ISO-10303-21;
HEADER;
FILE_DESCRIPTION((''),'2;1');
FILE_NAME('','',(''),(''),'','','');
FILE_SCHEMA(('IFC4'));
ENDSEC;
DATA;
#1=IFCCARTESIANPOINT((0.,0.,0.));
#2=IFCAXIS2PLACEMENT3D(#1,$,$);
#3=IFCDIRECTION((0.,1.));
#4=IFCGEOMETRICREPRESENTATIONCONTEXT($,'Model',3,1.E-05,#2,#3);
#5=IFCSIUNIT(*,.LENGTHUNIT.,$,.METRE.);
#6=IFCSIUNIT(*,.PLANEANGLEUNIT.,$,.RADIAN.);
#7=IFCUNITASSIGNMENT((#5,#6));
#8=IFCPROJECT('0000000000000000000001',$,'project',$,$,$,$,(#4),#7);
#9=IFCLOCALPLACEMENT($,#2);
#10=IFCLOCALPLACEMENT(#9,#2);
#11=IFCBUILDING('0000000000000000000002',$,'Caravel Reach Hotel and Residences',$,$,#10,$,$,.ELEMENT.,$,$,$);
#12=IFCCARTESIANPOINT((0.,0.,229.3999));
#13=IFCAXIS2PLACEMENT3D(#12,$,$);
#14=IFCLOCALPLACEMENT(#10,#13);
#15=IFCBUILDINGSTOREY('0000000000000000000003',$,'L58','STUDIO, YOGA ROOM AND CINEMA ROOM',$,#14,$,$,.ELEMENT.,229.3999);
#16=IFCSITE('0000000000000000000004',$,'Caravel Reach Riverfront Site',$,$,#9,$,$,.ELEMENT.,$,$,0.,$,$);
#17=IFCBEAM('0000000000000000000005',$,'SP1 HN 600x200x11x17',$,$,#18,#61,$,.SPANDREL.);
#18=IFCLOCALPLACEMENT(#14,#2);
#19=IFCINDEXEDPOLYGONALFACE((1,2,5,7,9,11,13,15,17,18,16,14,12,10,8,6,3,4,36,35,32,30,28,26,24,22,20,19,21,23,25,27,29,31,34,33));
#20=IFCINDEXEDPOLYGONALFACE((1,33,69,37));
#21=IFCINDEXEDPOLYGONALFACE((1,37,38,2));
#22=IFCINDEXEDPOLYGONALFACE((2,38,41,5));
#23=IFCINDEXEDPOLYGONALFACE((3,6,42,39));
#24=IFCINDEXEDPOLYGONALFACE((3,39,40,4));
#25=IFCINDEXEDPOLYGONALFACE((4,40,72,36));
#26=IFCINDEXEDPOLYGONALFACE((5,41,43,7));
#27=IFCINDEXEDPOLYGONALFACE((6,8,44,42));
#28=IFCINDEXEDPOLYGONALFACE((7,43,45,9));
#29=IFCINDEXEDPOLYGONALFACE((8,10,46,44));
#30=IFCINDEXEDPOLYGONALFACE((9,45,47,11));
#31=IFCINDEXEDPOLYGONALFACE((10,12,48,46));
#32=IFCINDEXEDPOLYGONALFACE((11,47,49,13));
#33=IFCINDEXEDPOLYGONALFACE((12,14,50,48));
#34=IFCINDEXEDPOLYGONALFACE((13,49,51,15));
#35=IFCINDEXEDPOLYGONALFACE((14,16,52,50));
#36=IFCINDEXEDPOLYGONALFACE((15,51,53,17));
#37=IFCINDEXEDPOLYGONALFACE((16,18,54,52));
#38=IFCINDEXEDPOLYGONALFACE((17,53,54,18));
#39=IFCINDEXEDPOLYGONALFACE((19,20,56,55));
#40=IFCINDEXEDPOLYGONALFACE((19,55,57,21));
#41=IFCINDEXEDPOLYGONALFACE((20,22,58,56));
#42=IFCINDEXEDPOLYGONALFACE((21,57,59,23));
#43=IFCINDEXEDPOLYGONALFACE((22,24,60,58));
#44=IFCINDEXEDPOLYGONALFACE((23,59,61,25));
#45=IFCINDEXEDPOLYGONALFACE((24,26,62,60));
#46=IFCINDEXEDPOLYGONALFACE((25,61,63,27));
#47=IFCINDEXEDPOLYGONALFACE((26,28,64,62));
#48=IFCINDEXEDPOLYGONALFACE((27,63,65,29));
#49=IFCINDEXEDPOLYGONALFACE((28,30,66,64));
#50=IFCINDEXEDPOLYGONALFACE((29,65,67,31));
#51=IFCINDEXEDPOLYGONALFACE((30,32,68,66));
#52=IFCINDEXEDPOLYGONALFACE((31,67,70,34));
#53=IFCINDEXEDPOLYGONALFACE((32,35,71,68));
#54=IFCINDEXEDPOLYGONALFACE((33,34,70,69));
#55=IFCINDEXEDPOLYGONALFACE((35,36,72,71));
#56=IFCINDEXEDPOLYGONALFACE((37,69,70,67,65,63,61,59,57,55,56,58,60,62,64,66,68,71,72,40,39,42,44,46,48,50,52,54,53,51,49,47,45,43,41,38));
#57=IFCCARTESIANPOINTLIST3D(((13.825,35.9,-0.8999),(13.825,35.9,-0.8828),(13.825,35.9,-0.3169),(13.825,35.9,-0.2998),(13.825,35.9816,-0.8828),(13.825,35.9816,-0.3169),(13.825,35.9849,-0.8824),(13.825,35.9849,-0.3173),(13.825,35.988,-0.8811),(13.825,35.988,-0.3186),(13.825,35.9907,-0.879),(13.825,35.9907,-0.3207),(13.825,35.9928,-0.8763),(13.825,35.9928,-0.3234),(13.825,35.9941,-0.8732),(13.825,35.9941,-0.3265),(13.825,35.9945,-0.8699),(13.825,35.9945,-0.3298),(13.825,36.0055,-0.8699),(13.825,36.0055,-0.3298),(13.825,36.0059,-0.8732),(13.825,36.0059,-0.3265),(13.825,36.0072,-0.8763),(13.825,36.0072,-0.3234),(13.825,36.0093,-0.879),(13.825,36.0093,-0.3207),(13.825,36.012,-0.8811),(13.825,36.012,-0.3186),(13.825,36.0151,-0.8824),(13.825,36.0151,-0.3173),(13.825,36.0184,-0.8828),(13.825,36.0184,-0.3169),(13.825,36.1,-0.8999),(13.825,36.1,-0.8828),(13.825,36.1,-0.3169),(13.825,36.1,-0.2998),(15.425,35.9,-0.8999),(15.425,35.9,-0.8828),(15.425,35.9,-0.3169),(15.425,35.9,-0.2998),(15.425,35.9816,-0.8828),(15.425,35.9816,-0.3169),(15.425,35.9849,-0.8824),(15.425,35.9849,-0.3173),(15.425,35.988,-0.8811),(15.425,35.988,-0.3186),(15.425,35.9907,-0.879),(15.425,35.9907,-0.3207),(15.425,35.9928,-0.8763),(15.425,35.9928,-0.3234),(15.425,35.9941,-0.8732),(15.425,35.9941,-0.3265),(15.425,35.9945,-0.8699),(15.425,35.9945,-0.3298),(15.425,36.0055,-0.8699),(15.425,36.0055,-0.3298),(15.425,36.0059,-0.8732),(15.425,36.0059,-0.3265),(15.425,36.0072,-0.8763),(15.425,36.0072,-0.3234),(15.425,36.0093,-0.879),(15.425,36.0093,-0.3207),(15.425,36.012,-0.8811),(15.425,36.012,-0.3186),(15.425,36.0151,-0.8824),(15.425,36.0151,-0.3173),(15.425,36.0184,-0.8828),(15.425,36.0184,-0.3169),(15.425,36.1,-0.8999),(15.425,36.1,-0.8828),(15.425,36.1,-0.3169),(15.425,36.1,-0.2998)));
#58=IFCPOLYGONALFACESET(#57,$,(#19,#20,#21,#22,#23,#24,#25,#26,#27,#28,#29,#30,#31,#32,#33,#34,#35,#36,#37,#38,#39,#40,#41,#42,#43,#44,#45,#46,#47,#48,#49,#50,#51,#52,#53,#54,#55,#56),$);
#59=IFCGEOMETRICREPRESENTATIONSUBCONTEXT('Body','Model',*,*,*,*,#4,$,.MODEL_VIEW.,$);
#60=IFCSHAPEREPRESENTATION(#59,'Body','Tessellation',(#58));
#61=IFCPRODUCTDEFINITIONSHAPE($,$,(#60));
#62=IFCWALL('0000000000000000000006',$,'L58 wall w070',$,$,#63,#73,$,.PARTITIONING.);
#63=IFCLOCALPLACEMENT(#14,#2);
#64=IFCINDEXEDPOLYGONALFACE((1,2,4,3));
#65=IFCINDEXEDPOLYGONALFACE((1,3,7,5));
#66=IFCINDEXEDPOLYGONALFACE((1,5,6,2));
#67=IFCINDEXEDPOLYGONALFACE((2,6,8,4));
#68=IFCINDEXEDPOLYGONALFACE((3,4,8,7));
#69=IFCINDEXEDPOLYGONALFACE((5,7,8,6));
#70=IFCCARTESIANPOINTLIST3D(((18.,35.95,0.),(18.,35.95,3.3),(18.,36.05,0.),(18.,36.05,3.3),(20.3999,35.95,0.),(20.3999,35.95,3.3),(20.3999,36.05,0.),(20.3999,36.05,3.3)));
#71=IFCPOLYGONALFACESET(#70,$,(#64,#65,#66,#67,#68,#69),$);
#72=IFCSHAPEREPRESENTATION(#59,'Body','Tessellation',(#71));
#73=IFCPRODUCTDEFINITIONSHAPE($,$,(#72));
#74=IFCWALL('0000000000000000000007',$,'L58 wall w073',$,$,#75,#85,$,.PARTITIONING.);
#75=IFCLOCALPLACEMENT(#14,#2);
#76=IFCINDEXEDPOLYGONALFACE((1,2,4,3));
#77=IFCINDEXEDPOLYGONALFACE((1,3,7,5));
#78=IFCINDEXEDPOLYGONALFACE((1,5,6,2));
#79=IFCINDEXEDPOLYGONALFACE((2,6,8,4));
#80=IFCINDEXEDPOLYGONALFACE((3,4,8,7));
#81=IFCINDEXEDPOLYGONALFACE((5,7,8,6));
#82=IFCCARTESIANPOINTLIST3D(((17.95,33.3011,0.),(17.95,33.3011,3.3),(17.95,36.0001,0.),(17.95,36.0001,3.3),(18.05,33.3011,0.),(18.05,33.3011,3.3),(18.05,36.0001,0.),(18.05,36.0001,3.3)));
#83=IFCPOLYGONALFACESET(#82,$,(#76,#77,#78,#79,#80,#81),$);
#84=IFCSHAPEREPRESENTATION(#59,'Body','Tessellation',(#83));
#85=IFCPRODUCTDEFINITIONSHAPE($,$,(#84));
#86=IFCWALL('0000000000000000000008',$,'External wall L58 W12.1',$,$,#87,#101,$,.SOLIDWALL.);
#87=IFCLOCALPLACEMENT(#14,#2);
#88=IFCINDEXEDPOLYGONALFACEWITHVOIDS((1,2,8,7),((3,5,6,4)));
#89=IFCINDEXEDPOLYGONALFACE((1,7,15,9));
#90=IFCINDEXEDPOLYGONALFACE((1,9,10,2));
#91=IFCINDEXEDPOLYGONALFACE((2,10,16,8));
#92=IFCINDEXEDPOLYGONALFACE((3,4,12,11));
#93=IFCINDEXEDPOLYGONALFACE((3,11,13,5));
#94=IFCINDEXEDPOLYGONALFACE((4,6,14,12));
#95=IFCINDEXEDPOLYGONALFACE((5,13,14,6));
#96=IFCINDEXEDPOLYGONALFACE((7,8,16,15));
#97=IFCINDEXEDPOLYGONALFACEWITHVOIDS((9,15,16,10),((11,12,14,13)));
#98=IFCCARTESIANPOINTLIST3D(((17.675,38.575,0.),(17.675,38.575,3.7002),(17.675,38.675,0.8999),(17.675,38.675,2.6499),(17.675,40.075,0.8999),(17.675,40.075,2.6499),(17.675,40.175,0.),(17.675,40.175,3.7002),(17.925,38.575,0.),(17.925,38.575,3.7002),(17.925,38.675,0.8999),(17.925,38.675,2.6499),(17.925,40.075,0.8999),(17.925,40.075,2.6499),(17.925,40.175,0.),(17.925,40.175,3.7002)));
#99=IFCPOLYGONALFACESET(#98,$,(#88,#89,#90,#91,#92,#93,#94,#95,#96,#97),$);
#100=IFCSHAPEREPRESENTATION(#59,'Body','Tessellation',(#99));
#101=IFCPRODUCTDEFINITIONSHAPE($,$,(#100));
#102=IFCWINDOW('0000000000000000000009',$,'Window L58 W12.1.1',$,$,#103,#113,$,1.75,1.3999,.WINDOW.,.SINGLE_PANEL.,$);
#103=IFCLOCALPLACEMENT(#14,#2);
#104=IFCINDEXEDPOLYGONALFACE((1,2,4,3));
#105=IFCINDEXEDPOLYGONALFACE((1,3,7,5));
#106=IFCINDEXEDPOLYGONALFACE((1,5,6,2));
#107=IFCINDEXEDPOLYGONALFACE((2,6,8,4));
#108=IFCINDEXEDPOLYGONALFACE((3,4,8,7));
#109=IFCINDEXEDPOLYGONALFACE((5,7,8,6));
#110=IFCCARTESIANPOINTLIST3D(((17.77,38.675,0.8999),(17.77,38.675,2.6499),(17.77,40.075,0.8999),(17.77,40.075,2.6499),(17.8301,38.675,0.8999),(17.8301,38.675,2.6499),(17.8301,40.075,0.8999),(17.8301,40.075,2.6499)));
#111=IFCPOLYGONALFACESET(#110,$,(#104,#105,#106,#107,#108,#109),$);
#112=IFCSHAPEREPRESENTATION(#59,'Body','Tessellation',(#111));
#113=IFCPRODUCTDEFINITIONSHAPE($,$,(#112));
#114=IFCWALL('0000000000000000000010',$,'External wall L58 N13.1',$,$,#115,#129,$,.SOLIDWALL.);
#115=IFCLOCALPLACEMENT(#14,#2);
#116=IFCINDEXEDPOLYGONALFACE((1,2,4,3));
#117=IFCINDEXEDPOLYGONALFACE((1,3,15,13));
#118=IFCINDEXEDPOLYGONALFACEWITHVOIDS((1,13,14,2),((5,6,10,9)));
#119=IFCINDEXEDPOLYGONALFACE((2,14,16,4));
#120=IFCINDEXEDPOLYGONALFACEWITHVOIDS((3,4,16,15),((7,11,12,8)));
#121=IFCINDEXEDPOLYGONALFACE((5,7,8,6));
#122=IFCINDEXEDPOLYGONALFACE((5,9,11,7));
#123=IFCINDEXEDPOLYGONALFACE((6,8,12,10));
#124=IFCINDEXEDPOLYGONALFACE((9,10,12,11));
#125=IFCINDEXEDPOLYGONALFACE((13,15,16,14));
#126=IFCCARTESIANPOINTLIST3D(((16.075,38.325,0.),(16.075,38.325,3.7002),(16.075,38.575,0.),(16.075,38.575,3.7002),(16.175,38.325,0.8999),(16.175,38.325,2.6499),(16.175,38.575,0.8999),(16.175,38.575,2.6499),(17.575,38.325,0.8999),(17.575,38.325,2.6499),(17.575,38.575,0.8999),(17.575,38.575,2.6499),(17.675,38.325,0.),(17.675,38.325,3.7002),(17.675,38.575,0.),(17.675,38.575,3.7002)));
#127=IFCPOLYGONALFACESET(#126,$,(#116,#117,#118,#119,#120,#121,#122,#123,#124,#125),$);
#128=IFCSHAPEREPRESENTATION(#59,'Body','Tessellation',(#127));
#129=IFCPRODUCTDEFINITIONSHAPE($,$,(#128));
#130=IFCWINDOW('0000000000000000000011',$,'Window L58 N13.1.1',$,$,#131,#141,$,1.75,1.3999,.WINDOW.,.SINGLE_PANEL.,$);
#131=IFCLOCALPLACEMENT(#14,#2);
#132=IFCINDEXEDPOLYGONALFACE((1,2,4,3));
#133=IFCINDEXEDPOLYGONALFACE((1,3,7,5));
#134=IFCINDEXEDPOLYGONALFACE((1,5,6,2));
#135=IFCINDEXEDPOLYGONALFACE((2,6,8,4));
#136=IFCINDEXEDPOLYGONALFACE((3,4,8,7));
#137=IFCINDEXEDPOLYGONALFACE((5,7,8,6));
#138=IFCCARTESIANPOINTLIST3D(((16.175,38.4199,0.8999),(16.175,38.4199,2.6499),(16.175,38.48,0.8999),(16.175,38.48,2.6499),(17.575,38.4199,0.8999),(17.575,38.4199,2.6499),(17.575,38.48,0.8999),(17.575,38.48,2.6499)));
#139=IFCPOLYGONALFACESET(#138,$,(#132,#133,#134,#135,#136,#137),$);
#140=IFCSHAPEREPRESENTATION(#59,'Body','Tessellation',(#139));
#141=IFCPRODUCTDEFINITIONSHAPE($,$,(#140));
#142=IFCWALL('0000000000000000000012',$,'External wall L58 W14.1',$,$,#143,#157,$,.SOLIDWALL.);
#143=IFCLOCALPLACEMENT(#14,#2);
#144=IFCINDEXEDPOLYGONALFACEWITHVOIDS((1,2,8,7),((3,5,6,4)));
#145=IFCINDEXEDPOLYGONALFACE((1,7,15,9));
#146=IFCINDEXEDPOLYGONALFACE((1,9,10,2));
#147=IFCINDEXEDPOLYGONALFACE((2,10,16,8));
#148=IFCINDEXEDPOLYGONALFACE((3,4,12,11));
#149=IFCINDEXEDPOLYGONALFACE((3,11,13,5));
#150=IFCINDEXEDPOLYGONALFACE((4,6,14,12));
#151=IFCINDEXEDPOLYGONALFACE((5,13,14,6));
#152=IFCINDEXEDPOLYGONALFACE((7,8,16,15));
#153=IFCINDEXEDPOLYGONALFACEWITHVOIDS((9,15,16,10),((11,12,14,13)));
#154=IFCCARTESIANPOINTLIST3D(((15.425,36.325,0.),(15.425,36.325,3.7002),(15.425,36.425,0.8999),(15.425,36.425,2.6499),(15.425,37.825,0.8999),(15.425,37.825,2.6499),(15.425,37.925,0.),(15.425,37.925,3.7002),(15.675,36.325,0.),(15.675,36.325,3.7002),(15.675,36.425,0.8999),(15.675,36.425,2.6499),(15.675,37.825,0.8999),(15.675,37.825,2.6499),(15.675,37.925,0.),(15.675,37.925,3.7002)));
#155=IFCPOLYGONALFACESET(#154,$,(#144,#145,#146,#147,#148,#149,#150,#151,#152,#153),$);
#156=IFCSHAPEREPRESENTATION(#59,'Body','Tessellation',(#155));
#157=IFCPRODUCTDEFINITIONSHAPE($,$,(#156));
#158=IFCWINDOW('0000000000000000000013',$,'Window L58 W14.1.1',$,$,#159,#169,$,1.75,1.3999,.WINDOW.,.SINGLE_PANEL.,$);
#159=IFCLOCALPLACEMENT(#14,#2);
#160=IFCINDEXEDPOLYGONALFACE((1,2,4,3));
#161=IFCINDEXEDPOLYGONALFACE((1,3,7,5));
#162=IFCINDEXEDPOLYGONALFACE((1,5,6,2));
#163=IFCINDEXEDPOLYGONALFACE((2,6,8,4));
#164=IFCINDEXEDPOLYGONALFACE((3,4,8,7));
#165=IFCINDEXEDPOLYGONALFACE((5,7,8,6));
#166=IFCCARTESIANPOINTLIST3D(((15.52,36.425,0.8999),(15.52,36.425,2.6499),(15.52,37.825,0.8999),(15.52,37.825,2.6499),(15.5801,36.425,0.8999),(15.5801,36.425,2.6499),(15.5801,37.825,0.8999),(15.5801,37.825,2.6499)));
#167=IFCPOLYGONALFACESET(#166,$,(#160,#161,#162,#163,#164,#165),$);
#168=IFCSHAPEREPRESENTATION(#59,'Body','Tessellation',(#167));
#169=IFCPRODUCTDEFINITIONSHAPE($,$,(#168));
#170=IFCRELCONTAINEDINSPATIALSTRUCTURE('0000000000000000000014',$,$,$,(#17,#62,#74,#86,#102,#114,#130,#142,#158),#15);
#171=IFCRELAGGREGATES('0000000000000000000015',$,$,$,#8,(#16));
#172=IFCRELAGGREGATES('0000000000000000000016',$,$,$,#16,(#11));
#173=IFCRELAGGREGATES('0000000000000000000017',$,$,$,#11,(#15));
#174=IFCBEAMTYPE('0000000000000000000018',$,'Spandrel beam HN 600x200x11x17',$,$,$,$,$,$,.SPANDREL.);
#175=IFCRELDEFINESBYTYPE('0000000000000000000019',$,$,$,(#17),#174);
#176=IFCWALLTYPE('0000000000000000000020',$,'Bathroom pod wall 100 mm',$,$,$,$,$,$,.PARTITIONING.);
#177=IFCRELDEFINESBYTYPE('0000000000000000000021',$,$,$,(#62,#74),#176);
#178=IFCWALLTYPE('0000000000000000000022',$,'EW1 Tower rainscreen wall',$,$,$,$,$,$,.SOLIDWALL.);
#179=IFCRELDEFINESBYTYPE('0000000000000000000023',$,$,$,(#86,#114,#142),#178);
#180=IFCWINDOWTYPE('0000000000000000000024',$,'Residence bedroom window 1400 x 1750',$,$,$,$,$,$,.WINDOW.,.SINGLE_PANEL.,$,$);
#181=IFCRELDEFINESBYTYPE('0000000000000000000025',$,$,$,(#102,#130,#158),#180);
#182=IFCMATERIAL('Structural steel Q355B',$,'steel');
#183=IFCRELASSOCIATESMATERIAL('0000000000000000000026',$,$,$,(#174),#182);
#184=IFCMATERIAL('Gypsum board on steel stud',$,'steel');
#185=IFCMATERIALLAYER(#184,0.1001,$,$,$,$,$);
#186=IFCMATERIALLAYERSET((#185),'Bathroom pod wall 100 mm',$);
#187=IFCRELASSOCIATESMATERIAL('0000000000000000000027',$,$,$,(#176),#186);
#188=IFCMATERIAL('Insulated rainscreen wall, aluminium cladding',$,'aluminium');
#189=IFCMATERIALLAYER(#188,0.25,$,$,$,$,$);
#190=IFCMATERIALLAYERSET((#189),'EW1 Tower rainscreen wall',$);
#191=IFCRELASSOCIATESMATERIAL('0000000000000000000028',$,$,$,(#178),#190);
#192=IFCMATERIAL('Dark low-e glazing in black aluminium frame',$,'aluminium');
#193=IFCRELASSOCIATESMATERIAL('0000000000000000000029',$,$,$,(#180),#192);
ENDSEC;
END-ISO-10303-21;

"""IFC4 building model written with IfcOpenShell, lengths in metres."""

from ifc_helpers import new_model, si_unit, direction, frame, frame_2d, origin, origin_2d, place, context, subcontext, project, spatial, rectangle, i_section, extrude, material, layer, layer_set, material_profile, profile_set, type_object, element, fill, save


model = new_model("IFC4")

# Units and contexts
model_context = context("Model", 3, precision=1e-05, world=origin(), true_north=direction((0.0, 1.0)))
body_context = subcontext(model_context, "Body", "Model", "MODEL_VIEW")
ifc_project = project(units=[si_unit("LENGTHUNIT", "METRE"), si_unit("PLANEANGLEUNIT", "RADIAN")], contexts=[model_context])

# Site, building, storey
site_placement = place(None, origin())
site = spatial("IfcSite", under=ifc_project, at=site_placement, Name="Caravel Reach Riverfront Site", CompositionType="ELEMENT", RefElevation=0.0)
building_placement = place(site_placement, origin())
building = spatial("IfcBuilding", under=site, at=building_placement, Name="Caravel Reach Hotel and Residences", CompositionType="ELEMENT")
storey_placement = place(building_placement, frame((0.0, 0.0, 229.3999)))
storey = spatial("IfcBuildingStorey", under=building, at=storey_placement, Name="L58", Description="STUDIO, YOGA ROOM AND CINEMA ROOM", CompositionType="ELEMENT", Elevation=229.3999)

# Beam
ifc_material_1 = material(Name="Structural steel Q355B", Category="steel")
ifc_material_profile_1 = material_profile(ifc_material_1, i_section(OverallWidth=0.2, OverallDepth=0.6001, WebThickness=0.011, FlangeThickness=0.0171, FilletRadius=0.0129, at=origin_2d()), Name="HN 600x200x11x17")
ifc_profile_set_1 = profile_set([ifc_material_profile_1], Name="Structural steel Q355B")
beam_type = type_object("IfcBeamType", Name="Spandrel beam HN 600x200x11x17", PredefinedType="SPANDREL", material=ifc_profile_set_1)
for number, where, z_axis, x_axis, name in (
    (1, (15.425, 36.0, -0.5999), (-1.0, 0.0, 0.0), (0.0, -1.0, 0.0), "SP1 HN 600x200x11x17"),
):
    element("IfcBeam", number, at=place(storey_placement, frame(where, z_axis=z_axis, x_axis=x_axis)), inside=storey, type_object=beam_type, Name=name, PredefinedType="SPANDREL", context=body_context, shape_type="SweptSolid", body=[
        extrude(i_section(OverallWidth=0.2, OverallDepth=0.6001, WebThickness=0.011, FlangeThickness=0.0171, FilletRadius=0.0129, at=origin_2d()), origin(), (0.0, 0.0, 1.0), 1.6001),
    ])

# Walls
ifc_material_2 = material(Name="Gypsum board on steel stud", Category="steel")
ifc_layer_1 = layer(ifc_material_2, 0.1001)
ifc_layer_set_1 = layer_set([ifc_layer_1], Name="Bathroom pod wall 100 mm")
wall_type_1 = type_object("IfcWallType", Name="Bathroom pod wall 100 mm", PredefinedType="PARTITIONING", material=ifc_layer_set_1)
wall_1_placement = place(storey_placement, frame((18.0, 36.0, 0.0), z_axis=(0.0, 0.0, 1.0), x_axis=(1.0, 0.0, 0.0)))
element("IfcWall", 2, at=wall_1_placement, inside=storey, type_object=wall_type_1, Name="L58 wall w070", PredefinedType="PARTITIONING", context=body_context, shape_type="SweptSolid", body=[
    extrude(rectangle(XDim=2.3999, YDim=0.1001, at=frame_2d((1.2, 0.0))), origin(), (0.0, 0.0, 1.0), 3.3),
])
wall_2_placement = place(storey_placement, frame((18.0, 33.301, 0.0), z_axis=(0.0, 0.0, 1.0), x_axis=(0.0, 1.0, 0.0)))
element("IfcWall", 3, at=wall_2_placement, inside=storey, type_object=wall_type_1, Name="L58 wall w073", PredefinedType="PARTITIONING", context=body_context, shape_type="SweptSolid", body=[
    extrude(rectangle(XDim=2.699, YDim=0.1001, at=frame_2d((1.3496, 0.0))), origin(), (0.0, 0.0, 1.0), 3.3),
])

# Walls, openings, windows
ifc_material_3 = material(Name="Insulated rainscreen wall, aluminium cladding", Category="aluminium")
ifc_layer_2 = layer(ifc_material_3, 0.25)
ifc_layer_set_2 = layer_set([ifc_layer_2], Name="EW1 Tower rainscreen wall")
wall_type_2 = type_object("IfcWallType", Name="EW1 Tower rainscreen wall", PredefinedType="SOLIDWALL", material=ifc_layer_set_2)
wall_3_placement = place(storey_placement, frame((17.8, 40.175, 0.0), z_axis=(0.0, 0.0, 1.0), x_axis=(0.0, -1.0, 0.0)))
wall_3 = element("IfcWall", 4, at=wall_3_placement, inside=storey, type_object=wall_type_2, Name="External wall L58 W12.1", PredefinedType="SOLIDWALL", context=body_context, shape_type="SweptSolid", body=[
    extrude(rectangle(XDim=1.6001, YDim=0.25, at=frame_2d((0.8, 0.0))), origin(), (0.0, 0.0, 1.0), 3.7002),
])
opening_1_placement = place(wall_3_placement, frame((0.1001, 0.0, 0.8999)))
opening_1 = element("IfcOpeningElement", 5, at=opening_1_placement, cuts=wall_3, PredefinedType="OPENING", context=body_context, shape_type="SweptSolid", body=[
    extrude(rectangle(XDim=1.3999, YDim=1.75, at=frame_2d((0.7, 0.875))), frame((0.0, 0.135, 0.0), z_axis=(0.0, -1.0, 0.0), x_axis=(1.0, 0.0, 0.0)), (0.0, 0.0, 1.0), 0.27),
])
ifc_material_4 = material(Name="Dark low-e glazing in black aluminium frame", Category="aluminium")
window_type = type_object("IfcWindowType", Name="Residence bedroom window 1400 x 1750", PartitioningType="SINGLE_PANEL", PredefinedType="WINDOW", material=ifc_material_4)
window_1_placement = place(opening_1_placement, origin())
window_1 = element("IfcWindow", 6, at=window_1_placement, inside=storey, type_object=window_type, Name="Window L58 W12.1.1", OverallHeight=1.75, OverallWidth=1.3999, PartitioningType="SINGLE_PANEL", PredefinedType="WINDOW", context=body_context, shape_type="SweptSolid", body=[
    extrude(rectangle(XDim=1.3999, YDim=1.75, at=frame_2d((0.7, 0.875))), frame((0.0, 0.03, 0.0), z_axis=(0.0, -1.0, 0.0), x_axis=(1.0, 0.0, 0.0)), (0.0, 0.0, 1.0), 0.0601),
])
fill(opening_1, window_1)
wall_4_placement = place(storey_placement, frame((17.675, 38.45, 0.0), z_axis=(0.0, 0.0, 1.0), x_axis=(-1.0, 0.0, 0.0)))
wall_4 = element("IfcWall", 7, at=wall_4_placement, inside=storey, type_object=wall_type_2, Name="External wall L58 N13.1", PredefinedType="SOLIDWALL", context=body_context, shape_type="SweptSolid", body=[
    extrude(rectangle(XDim=1.6001, YDim=0.25, at=frame_2d((0.8, 0.0))), origin(), (0.0, 0.0, 1.0), 3.7002),
])
opening_2_placement = place(wall_4_placement, frame((0.1001, 0.0, 0.8999)))
opening_2 = element("IfcOpeningElement", 8, at=opening_2_placement, cuts=wall_4, PredefinedType="OPENING", context=body_context, shape_type="SweptSolid", body=[
    extrude(rectangle(XDim=1.3999, YDim=1.75, at=frame_2d((0.7, 0.875))), frame((0.0, 0.135, 0.0), z_axis=(0.0, -1.0, 0.0), x_axis=(1.0, 0.0, 0.0)), (0.0, 0.0, 1.0), 0.27),
])
window_2_placement = place(opening_2_placement, origin())
window_2 = element("IfcWindow", 9, at=window_2_placement, inside=storey, type_object=window_type, Name="Window L58 N13.1.1", OverallHeight=1.75, OverallWidth=1.3999, PartitioningType="SINGLE_PANEL", PredefinedType="WINDOW", context=body_context, shape_type="SweptSolid", body=[
    extrude(rectangle(XDim=1.3999, YDim=1.75, at=frame_2d((0.7, 0.875))), frame((0.0, 0.03, 0.0), z_axis=(0.0, -1.0, 0.0), x_axis=(1.0, 0.0, 0.0)), (0.0, 0.0, 1.0), 0.0601),
])
fill(opening_2, window_2)
wall_5_placement = place(storey_placement, frame((15.55, 37.925, 0.0), z_axis=(0.0, 0.0, 1.0), x_axis=(0.0, -1.0, 0.0)))
wall_5 = element("IfcWall", 10, at=wall_5_placement, inside=storey, type_object=wall_type_2, Name="External wall L58 W14.1", PredefinedType="SOLIDWALL", context=body_context, shape_type="SweptSolid", body=[
    extrude(rectangle(XDim=1.6001, YDim=0.25, at=frame_2d((0.8, 0.0))), origin(), (0.0, 0.0, 1.0), 3.7002),
])
opening_3_placement = place(wall_5_placement, frame((0.1001, 0.0, 0.8999)))
opening_3 = element("IfcOpeningElement", 11, at=opening_3_placement, cuts=wall_5, PredefinedType="OPENING", context=body_context, shape_type="SweptSolid", body=[
    extrude(rectangle(XDim=1.3999, YDim=1.75, at=frame_2d((0.7, 0.875))), frame((0.0, 0.135, 0.0), z_axis=(0.0, -1.0, 0.0), x_axis=(1.0, 0.0, 0.0)), (0.0, 0.0, 1.0), 0.27),
])
window_3_placement = place(opening_3_placement, origin())
window_3 = element("IfcWindow", 12, at=window_3_placement, inside=storey, type_object=window_type, Name="Window L58 W14.1.1", OverallHeight=1.75, OverallWidth=1.3999, PartitioningType="SINGLE_PANEL", PredefinedType="WINDOW", context=body_context, shape_type="SweptSolid", body=[
    extrude(rectangle(XDim=1.3999, YDim=1.75, at=frame_2d((0.7, 0.875))), frame((0.0, 0.03, 0.0), z_axis=(0.0, -1.0, 0.0), x_axis=(1.0, 0.0, 0.0)), (0.0, 0.0, 1.0), 0.0601),
])
fill(opening_3, window_3)

save(model, "model.ifc")
